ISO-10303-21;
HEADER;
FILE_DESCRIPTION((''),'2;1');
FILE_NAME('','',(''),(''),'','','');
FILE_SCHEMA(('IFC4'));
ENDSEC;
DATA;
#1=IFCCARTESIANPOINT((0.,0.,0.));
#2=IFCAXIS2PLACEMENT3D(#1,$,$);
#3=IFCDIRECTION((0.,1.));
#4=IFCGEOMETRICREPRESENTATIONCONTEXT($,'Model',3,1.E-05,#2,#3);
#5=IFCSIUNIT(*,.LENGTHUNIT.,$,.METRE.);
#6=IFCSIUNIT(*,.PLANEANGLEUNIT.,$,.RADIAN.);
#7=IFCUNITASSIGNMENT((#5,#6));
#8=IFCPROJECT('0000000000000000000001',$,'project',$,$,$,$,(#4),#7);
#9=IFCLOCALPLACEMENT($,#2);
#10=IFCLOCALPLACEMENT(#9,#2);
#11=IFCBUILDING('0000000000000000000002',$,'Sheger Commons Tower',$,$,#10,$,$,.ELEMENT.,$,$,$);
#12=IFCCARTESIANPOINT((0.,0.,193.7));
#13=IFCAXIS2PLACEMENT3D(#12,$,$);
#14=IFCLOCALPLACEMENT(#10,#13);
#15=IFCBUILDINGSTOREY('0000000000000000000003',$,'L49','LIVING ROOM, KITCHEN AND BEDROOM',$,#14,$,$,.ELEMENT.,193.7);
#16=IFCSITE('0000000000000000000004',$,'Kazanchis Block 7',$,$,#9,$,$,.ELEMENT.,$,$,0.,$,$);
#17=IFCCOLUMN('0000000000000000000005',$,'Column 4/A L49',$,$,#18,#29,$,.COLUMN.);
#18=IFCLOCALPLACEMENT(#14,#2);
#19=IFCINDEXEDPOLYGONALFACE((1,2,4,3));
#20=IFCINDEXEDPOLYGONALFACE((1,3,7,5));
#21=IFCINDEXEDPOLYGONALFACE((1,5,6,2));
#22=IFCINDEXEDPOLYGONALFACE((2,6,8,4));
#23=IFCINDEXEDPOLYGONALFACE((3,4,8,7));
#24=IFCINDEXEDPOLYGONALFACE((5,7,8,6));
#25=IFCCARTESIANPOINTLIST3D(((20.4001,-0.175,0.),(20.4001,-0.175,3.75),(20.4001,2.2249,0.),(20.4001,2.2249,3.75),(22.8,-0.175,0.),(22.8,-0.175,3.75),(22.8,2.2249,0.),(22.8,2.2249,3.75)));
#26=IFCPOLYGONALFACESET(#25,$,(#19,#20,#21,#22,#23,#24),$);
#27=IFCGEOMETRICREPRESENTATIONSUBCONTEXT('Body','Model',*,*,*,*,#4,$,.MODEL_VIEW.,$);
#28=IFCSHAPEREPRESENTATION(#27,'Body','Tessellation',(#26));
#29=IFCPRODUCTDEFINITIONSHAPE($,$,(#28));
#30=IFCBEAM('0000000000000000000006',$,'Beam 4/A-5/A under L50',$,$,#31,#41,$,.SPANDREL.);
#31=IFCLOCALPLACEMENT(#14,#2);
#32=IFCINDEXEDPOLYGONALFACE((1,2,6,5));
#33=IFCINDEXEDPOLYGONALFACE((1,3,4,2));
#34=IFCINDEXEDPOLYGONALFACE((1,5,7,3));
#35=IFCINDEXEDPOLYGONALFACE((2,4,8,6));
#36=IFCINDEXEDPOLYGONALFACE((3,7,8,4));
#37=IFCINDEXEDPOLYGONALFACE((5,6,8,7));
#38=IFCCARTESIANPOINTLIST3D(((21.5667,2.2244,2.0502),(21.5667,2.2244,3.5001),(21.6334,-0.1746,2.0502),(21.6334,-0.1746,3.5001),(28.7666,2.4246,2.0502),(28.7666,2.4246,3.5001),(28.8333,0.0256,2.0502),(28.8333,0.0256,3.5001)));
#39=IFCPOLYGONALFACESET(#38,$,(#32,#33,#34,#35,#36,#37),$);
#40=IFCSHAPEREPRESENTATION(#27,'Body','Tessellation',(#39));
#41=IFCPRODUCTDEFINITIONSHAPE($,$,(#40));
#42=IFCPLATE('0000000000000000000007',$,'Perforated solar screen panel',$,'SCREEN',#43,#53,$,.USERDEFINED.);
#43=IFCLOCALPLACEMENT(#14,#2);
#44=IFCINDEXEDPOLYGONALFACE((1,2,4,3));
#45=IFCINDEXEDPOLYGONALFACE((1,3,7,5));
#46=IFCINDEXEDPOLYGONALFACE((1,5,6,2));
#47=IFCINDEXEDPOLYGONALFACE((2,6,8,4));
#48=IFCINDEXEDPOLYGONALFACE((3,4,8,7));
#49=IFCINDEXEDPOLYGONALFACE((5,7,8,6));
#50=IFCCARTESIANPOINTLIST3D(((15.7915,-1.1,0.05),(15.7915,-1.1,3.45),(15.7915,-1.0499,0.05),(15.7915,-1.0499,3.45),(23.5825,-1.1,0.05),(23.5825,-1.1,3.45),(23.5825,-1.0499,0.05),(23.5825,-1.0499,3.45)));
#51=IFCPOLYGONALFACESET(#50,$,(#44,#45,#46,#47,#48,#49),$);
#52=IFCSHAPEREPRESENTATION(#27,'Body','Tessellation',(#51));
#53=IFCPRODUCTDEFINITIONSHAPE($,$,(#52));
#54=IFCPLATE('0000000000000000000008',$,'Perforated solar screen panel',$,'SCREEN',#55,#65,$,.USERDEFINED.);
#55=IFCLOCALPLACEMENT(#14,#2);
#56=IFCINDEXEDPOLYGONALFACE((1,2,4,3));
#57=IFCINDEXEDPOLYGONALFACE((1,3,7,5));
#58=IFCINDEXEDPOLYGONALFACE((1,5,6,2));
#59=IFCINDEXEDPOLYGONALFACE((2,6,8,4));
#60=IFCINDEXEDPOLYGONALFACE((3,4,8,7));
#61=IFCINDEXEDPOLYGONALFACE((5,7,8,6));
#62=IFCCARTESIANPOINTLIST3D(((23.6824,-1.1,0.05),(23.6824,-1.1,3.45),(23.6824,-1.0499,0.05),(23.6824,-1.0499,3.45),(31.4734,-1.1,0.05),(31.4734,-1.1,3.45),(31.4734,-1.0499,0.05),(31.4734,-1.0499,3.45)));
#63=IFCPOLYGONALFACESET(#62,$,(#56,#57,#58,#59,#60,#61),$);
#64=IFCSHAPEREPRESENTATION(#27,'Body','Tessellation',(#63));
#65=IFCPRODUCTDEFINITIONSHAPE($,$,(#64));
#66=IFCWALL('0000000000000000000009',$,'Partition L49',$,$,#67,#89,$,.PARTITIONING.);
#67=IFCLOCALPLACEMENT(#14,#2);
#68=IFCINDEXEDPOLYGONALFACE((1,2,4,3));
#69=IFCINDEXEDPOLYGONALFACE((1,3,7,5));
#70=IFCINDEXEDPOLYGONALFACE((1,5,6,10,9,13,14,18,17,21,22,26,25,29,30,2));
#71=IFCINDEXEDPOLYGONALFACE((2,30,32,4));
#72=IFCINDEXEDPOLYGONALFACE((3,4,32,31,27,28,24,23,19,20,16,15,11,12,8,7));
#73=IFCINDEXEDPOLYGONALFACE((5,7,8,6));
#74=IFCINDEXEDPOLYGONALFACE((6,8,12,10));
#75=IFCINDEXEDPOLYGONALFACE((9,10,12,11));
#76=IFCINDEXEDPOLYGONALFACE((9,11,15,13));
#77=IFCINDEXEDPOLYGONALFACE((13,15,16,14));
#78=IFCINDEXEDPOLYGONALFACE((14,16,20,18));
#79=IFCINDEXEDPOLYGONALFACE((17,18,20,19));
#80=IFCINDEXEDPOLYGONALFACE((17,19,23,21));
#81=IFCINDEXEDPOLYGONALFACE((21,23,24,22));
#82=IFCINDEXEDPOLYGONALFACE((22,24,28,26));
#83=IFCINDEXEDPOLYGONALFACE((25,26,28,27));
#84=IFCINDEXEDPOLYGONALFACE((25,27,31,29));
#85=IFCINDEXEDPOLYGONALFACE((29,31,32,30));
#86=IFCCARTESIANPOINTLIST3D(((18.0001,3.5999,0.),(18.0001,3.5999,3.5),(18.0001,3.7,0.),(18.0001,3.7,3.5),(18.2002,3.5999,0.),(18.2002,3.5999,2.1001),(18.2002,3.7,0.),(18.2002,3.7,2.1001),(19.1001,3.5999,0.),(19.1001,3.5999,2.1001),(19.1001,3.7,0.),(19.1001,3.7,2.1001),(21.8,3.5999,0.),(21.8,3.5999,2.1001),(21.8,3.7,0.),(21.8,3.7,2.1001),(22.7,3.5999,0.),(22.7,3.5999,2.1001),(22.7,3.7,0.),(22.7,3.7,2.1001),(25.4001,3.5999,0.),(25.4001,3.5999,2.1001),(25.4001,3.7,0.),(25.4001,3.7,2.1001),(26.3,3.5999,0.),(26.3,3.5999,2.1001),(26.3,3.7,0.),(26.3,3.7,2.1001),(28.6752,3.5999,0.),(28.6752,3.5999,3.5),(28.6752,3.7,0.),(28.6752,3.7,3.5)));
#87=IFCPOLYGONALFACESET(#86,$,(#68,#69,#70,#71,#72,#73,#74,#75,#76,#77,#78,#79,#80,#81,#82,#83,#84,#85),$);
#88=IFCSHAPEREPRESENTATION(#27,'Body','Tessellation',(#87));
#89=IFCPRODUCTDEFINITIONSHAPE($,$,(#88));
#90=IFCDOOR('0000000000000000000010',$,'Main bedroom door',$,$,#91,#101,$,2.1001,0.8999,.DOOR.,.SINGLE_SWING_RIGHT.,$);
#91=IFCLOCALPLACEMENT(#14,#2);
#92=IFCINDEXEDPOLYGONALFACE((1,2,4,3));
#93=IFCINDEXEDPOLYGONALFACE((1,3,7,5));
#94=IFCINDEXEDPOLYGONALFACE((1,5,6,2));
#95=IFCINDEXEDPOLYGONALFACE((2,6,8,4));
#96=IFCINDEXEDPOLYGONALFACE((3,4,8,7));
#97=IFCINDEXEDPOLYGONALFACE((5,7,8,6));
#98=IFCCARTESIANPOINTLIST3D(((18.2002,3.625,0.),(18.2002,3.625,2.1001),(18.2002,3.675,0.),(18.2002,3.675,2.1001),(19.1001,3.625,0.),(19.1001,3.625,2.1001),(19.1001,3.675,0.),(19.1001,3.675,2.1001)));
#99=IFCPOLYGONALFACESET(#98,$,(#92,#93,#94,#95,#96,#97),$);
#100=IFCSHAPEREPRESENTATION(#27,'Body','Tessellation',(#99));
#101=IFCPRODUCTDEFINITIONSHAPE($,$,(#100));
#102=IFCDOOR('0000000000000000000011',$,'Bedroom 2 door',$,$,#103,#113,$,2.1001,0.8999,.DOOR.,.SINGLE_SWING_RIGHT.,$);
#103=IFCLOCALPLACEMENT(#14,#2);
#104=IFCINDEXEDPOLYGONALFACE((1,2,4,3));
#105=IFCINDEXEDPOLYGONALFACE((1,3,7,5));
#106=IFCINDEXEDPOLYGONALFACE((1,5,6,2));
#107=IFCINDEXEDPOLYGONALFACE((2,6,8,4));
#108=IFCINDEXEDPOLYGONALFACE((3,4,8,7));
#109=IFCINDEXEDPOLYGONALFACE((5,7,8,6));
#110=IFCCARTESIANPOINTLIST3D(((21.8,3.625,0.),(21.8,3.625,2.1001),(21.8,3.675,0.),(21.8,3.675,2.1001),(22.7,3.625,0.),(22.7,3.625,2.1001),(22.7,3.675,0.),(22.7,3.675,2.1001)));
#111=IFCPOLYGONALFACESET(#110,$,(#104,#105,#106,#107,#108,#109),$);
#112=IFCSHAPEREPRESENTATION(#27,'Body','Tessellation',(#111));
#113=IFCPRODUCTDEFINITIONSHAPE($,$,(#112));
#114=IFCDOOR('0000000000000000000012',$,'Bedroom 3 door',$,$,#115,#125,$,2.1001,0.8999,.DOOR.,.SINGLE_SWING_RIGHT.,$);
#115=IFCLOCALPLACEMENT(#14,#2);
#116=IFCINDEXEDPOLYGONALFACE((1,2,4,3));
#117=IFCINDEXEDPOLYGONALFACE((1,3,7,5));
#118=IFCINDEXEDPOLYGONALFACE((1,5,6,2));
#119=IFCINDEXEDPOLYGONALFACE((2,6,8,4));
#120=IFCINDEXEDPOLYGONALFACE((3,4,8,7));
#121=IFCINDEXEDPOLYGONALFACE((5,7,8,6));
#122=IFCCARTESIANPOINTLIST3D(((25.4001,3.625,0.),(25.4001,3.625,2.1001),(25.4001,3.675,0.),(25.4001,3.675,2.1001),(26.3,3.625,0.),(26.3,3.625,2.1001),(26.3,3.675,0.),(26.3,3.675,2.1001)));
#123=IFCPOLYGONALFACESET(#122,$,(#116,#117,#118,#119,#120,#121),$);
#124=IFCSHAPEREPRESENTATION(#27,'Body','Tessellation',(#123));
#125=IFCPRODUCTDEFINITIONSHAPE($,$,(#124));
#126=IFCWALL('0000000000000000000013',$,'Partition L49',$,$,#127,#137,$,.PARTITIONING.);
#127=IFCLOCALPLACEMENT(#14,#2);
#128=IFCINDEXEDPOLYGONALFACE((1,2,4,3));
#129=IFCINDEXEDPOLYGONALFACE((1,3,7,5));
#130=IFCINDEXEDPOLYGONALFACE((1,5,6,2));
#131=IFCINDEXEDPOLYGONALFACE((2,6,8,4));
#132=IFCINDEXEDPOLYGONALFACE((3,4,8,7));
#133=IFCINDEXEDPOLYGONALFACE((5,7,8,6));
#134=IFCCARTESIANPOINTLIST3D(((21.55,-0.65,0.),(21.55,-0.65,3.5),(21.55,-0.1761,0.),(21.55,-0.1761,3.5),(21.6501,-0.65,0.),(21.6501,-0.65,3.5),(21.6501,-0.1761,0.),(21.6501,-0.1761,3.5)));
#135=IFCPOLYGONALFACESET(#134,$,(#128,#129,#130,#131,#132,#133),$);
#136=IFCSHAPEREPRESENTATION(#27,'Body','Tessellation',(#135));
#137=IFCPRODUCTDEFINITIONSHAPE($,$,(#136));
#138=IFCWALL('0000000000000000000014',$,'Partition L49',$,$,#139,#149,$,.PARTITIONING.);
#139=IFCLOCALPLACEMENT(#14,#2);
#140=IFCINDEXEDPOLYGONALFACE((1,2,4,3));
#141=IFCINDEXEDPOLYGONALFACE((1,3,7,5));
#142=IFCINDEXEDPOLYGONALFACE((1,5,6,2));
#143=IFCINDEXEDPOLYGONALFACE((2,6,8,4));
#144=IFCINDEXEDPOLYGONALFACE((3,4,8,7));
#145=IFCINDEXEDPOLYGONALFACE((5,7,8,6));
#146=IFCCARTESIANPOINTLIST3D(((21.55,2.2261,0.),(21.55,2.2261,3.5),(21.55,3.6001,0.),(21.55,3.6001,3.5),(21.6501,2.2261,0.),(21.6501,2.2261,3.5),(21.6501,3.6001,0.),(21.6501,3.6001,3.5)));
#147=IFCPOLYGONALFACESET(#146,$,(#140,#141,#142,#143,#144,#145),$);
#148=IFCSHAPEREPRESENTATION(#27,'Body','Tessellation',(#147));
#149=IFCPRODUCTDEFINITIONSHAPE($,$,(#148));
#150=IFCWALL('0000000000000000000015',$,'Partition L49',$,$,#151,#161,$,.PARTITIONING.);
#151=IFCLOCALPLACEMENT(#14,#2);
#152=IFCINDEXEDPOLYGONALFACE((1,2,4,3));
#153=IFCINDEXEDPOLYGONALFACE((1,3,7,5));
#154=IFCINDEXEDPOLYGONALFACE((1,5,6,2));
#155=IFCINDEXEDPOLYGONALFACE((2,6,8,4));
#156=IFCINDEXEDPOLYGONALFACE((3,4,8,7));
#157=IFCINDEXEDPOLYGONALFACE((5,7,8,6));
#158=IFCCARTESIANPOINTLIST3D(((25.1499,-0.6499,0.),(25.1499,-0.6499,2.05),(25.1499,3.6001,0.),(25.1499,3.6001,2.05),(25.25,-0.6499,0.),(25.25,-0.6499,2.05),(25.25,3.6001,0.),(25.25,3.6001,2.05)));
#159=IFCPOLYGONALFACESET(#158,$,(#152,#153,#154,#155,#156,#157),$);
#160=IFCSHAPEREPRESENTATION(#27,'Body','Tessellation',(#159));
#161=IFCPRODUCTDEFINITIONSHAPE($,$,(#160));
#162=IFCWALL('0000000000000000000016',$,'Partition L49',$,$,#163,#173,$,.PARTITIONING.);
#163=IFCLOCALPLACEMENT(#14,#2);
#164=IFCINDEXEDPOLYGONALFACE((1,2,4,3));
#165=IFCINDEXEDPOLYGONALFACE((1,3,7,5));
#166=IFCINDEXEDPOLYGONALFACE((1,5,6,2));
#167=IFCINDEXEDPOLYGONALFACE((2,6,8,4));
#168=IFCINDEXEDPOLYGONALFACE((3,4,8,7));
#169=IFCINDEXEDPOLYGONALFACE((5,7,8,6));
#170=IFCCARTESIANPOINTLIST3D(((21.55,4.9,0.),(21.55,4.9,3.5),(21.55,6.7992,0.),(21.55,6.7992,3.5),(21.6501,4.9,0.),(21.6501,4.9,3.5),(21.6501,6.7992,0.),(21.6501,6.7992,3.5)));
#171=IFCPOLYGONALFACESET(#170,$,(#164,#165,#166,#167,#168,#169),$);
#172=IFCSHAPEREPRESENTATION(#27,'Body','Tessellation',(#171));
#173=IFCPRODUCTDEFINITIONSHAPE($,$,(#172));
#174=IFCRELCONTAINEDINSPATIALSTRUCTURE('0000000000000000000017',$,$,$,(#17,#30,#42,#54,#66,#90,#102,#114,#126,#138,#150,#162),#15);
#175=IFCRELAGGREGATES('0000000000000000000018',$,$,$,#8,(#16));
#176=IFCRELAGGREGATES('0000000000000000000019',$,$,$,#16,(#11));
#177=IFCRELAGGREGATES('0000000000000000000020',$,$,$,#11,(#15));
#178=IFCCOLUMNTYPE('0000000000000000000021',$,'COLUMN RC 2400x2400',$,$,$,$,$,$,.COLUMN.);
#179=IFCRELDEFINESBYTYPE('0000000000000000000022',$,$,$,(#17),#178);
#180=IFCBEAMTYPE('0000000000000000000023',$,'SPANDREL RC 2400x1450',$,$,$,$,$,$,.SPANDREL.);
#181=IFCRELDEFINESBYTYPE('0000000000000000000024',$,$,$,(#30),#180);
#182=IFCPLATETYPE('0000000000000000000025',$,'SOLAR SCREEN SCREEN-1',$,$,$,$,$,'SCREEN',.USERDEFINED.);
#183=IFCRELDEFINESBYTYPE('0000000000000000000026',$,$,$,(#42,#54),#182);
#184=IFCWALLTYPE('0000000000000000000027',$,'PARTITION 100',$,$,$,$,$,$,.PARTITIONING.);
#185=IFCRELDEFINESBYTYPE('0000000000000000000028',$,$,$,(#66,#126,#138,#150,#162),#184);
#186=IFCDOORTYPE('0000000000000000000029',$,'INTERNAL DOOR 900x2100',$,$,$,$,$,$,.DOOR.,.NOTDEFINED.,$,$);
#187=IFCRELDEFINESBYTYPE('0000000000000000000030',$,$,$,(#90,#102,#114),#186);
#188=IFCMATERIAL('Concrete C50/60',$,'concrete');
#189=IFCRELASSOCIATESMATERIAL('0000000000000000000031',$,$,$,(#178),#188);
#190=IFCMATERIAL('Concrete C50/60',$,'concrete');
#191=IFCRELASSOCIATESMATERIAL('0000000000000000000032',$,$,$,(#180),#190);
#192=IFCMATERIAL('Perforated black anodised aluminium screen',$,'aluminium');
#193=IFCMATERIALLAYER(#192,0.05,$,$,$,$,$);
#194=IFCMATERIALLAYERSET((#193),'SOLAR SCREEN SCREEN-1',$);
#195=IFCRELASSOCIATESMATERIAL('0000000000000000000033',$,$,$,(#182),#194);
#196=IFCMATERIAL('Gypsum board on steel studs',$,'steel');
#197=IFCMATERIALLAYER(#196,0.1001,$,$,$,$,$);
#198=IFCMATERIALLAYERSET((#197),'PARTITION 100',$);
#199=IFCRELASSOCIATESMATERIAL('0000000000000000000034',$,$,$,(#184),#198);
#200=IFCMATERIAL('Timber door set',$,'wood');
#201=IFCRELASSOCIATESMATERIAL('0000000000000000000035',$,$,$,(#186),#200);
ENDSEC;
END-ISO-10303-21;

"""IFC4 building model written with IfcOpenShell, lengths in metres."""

from ifc_helpers import new_model, si_unit, direction, frame, frame_2d, origin, origin_2d, place, context, subcontext, project, spatial, rectangle, extrude, material, layer, layer_set, material_profile, profile_set, type_object, element, fill, save


model = new_model("IFC4")

# Units and contexts
model_context = context("Model", 3, precision=1e-05, world=origin(), true_north=direction((0.0, 1.0)))
body_context = subcontext(model_context, "Body", "Model", "MODEL_VIEW")
ifc_project = project(units=[si_unit("LENGTHUNIT", "METRE"), si_unit("PLANEANGLEUNIT", "RADIAN")], contexts=[model_context])

# Site, building, storey
site_placement = place(None, origin())
site = spatial("IfcSite", under=ifc_project, at=site_placement, Name="Kazanchis Block 7", CompositionType="ELEMENT", RefElevation=0.0)
building_placement = place(site_placement, origin())
building = spatial("IfcBuilding", under=site, at=building_placement, Name="Sheger Commons Tower", CompositionType="ELEMENT")
storey_placement = place(building_placement, frame((0.0, 0.0, 193.7)))
storey = spatial("IfcBuildingStorey", under=building, at=storey_placement, Name="L49", Description="LIVING ROOM, KITCHEN AND BEDROOM", CompositionType="ELEMENT", Elevation=193.7)

# Column
ifc_material_1 = material(Name="Concrete C50/60", Category="concrete")
ifc_material_profile_1 = material_profile(ifc_material_1, rectangle(XDim=2.3999, YDim=2.3999, at=origin_2d()), Name="RC 2400x2400")
ifc_profile_set_1 = profile_set([ifc_material_profile_1], Name="Concrete C50/60")
column_type = type_object("IfcColumnType", Name="COLUMN RC 2400x2400", PredefinedType="COLUMN", material=ifc_profile_set_1)
column_placement = place(storey_placement, frame((21.6001, 1.0249, 0.0), z_axis=(0.0, 0.0, 1.0), x_axis=(1.0, 0.0, 0.0)))
element("IfcColumn", 1, at=column_placement, inside=storey, type_object=column_type, Name="Column 4/A L49", PredefinedType="COLUMN", context=body_context, shape_type="SweptSolid", body=[
    extrude(rectangle(XDim=2.3999, YDim=2.3999, at=origin_2d()), origin(), (0.0, 0.0, 1.0), 3.75),
])

# Beam
ifc_material_2 = material(Name="Concrete C50/60", Category="concrete")
ifc_material_profile_2 = material_profile(ifc_material_2, rectangle(XDim=2.3999, YDim=1.45, at=origin_2d()), Name="RC 2400x1450")
ifc_profile_set_2 = profile_set([ifc_material_profile_2], Name="Concrete C50/60")
beam_type = type_object("IfcBeamType", Name="SPANDREL RC 2400x1450", PredefinedType="SPANDREL", material=ifc_profile_set_2)
beam_placement = place(storey_placement, frame((21.6001, 1.0249, 2.7751), z_axis=(0.999614, 0.027794, 0.0), x_axis=(-0.027794, 0.999614, 0.0)))
element("IfcBeam", 2, at=beam_placement, inside=storey, type_object=beam_type, Name="Beam 4/A-5/A under L50", PredefinedType="SPANDREL", context=body_context, shape_type="SweptSolid", body=[
    extrude(rectangle(XDim=2.3999, YDim=1.45, at=origin_2d()), origin(), (0.0, 0.0, 1.0), 7.2026),
])

# Plates
ifc_material_3 = material(Name="Perforated black anodised aluminium screen", Category="aluminium")
ifc_layer_1 = layer(ifc_material_3, 0.05)
ifc_layer_set_1 = layer_set([ifc_layer_1], Name="SOLAR SCREEN SCREEN-1")
plate_type = type_object("IfcPlateType", Name="SOLAR SCREEN SCREEN-1", ElementType="SCREEN", PredefinedType="USERDEFINED", material=ifc_layer_set_1)
for number, where, z_axis, x_axis, name in (
    (3, (19.687, -1.075, 0.05), (0.0, 0.0, 1.0), (1.0, 0.0, 0.0), "Perforated solar screen panel"),
    (4, (27.5779, -1.075, 0.05), (0.0, 0.0, 1.0), (1.0, 0.0, 0.0), "Perforated solar screen panel"),
):
    element("IfcPlate", number, at=place(storey_placement, frame(where, z_axis=z_axis, x_axis=x_axis)), inside=storey, type_object=plate_type, Name=name, ObjectType="SCREEN", PredefinedType="USERDEFINED", context=body_context, shape_type="SweptSolid", body=[
        extrude(rectangle(XDim=7.791, YDim=0.05, at=origin_2d()), origin(), (0.0, 0.0, 1.0), 3.3999),
    ])

# Wall, openings, doors
ifc_material_4 = material(Name="Gypsum board on steel studs", Category="steel")
ifc_layer_2 = layer(ifc_material_4, 0.1001)
ifc_layer_set_2 = layer_set([ifc_layer_2], Name="PARTITION 100")
wall_type = type_object("IfcWallType", Name="PARTITION 100", PredefinedType="PARTITIONING", material=ifc_layer_set_2)
wall_1_placement = place(storey_placement, frame((28.675, 3.6499, 0.0), z_axis=(0.0, 0.0, 1.0), x_axis=(-1.0, 0.0, 0.0)))
wall_1 = element("IfcWall", 5, at=wall_1_placement, inside=storey, type_object=wall_type, Name="Partition L49", PredefinedType="PARTITIONING", context=body_context, shape_type="SweptSolid", body=[
    extrude(rectangle(XDim=10.675, YDim=0.1001, at=frame_2d((5.3374, 0.0))), origin(), (0.0, 0.0, 1.0), 3.5),
])
opening_1_placement = place(wall_1_placement, frame((9.575, 0.0, 0.0)))
opening_1 = element("IfcOpeningElement", 6, at=opening_1_placement, cuts=wall_1, PredefinedType="OPENING", context=body_context, shape_type="SweptSolid", body=[
    extrude(rectangle(XDim=0.8999, YDim=2.1001, at=frame_2d((0.45, 1.05))), frame((0.0, 0.0601, 0.0), z_axis=(0.0, -1.0, 0.0), x_axis=(1.0, 0.0, 0.0)), (0.0, 0.0, 1.0), 0.1201),
])
opening_2_placement = place(wall_1_placement, frame((5.9751, 0.0, 0.0)))
opening_2 = element("IfcOpeningElement", 7, at=opening_2_placement, cuts=wall_1, PredefinedType="OPENING", context=body_context, shape_type="SweptSolid", body=[
    extrude(rectangle(XDim=0.8999, YDim=2.1001, at=frame_2d((0.45, 1.05))), frame((0.0, 0.0601, 0.0), z_axis=(0.0, -1.0, 0.0), x_axis=(1.0, 0.0, 0.0)), (0.0, 0.0, 1.0), 0.1201),
])
opening_3_placement = place(wall_1_placement, frame((2.375, 0.0, 0.0)))
opening_3 = element("IfcOpeningElement", 8, at=opening_3_placement, cuts=wall_1, PredefinedType="OPENING", context=body_context, shape_type="SweptSolid", body=[
    extrude(rectangle(XDim=0.8999, YDim=2.1001, at=frame_2d((0.45, 1.05))), frame((0.0, 0.0601, 0.0), z_axis=(0.0, -1.0, 0.0), x_axis=(1.0, 0.0, 0.0)), (0.0, 0.0, 1.0), 0.1201),
])
ifc_material_5 = material(Name="Timber door set", Category="wood")
door_type = type_object("IfcDoorType", Name="INTERNAL DOOR 900x2100", OperationType="NOTDEFINED", PredefinedType="DOOR", material=ifc_material_5)
door_1_placement = place(opening_1_placement, origin())
door_1 = element("IfcDoor", 9, at=door_1_placement, inside=storey, type_object=door_type, Name="Main bedroom door", OperationType="SINGLE_SWING_RIGHT", OverallHeight=2.1001, OverallWidth=0.8999, PredefinedType="DOOR", context=body_context, shape_type="SweptSolid", body=[
    extrude(rectangle(XDim=0.8999, YDim=2.1001, at=frame_2d((0.45, 1.05))), frame((0.0, 0.0249, 0.0), z_axis=(0.0, -1.0, 0.0), x_axis=(1.0, 0.0, 0.0)), (0.0, 0.0, 1.0), 0.05),
])
fill(opening_1, door_1)
door_2_placement = place(opening_2_placement, origin())
door_2 = element("IfcDoor", 10, at=door_2_placement, inside=storey, type_object=door_type, Name="Bedroom 2 door", OperationType="SINGLE_SWING_RIGHT", OverallHeight=2.1001, OverallWidth=0.8999, PredefinedType="DOOR", context=body_context, shape_type="SweptSolid", body=[
    extrude(rectangle(XDim=0.8999, YDim=2.1001, at=frame_2d((0.45, 1.05))), frame((0.0, 0.0249, 0.0), z_axis=(0.0, -1.0, 0.0), x_axis=(1.0, 0.0, 0.0)), (0.0, 0.0, 1.0), 0.05),
])
fill(opening_2, door_2)
door_3_placement = place(opening_3_placement, origin())
door_3 = element("IfcDoor", 11, at=door_3_placement, inside=storey, type_object=door_type, Name="Bedroom 3 door", OperationType="SINGLE_SWING_RIGHT", OverallHeight=2.1001, OverallWidth=0.8999, PredefinedType="DOOR", context=body_context, shape_type="SweptSolid", body=[
    extrude(rectangle(XDim=0.8999, YDim=2.1001, at=frame_2d((0.45, 1.05))), frame((0.0, 0.0249, 0.0), z_axis=(0.0, -1.0, 0.0), x_axis=(1.0, 0.0, 0.0)), (0.0, 0.0, 1.0), 0.05),
])
fill(opening_3, door_3)

# Walls
wall_2_placement = place(storey_placement, frame((21.6001, -0.6499, 0.0), z_axis=(0.0, 0.0, 1.0), x_axis=(0.0, 1.0, 0.0)))
element("IfcWall", 12, at=wall_2_placement, inside=storey, type_object=wall_type, Name="Partition L49", PredefinedType="PARTITIONING", context=body_context, shape_type="SweptSolid", body=[
    extrude(rectangle(XDim=0.4739, YDim=0.1001, at=frame_2d((0.2368, 0.0))), origin(), (0.0, 0.0, 1.0), 3.5),
])
wall_3_placement = place(storey_placement, frame((21.6001, 2.2261, 0.0), z_axis=(0.0, 0.0, 1.0), x_axis=(0.0, 1.0, 0.0)))
element("IfcWall", 13, at=wall_3_placement, inside=storey, type_object=wall_type, Name="Partition L49", PredefinedType="PARTITIONING", context=body_context, shape_type="SweptSolid", body=[
    extrude(rectangle(XDim=1.374, YDim=0.1001, at=frame_2d((0.687, 0.0))), origin(), (0.0, 0.0, 1.0), 3.5),
])
wall_4_placement = place(storey_placement, frame((25.2, -0.6499, 0.0), z_axis=(0.0, 0.0, 1.0), x_axis=(0.0, 1.0, 0.0)))
element("IfcWall", 14, at=wall_4_placement, inside=storey, type_object=wall_type, Name="Partition L49", PredefinedType="PARTITIONING", context=body_context, shape_type="SweptSolid", body=[
    extrude(rectangle(XDim=4.25, YDim=0.1001, at=frame_2d((2.125, 0.0))), origin(), (0.0, 0.0, 1.0), 2.05),
])
wall_5_placement = place(storey_placement, frame((21.6001, 4.8999, 0.0), z_axis=(0.0, 0.0, 1.0), x_axis=(0.0, 1.0, 0.0)))
element("IfcWall", 15, at=wall_5_placement, inside=storey, type_object=wall_type, Name="Partition L49", PredefinedType="PARTITIONING", context=body_context, shape_type="SweptSolid", body=[
    extrude(rectangle(XDim=1.8992, YDim=0.1001, at=frame_2d((0.9497, 0.0))), origin(), (0.0, 0.0, 1.0), 3.5),
])

save(model, "model.ifc")
